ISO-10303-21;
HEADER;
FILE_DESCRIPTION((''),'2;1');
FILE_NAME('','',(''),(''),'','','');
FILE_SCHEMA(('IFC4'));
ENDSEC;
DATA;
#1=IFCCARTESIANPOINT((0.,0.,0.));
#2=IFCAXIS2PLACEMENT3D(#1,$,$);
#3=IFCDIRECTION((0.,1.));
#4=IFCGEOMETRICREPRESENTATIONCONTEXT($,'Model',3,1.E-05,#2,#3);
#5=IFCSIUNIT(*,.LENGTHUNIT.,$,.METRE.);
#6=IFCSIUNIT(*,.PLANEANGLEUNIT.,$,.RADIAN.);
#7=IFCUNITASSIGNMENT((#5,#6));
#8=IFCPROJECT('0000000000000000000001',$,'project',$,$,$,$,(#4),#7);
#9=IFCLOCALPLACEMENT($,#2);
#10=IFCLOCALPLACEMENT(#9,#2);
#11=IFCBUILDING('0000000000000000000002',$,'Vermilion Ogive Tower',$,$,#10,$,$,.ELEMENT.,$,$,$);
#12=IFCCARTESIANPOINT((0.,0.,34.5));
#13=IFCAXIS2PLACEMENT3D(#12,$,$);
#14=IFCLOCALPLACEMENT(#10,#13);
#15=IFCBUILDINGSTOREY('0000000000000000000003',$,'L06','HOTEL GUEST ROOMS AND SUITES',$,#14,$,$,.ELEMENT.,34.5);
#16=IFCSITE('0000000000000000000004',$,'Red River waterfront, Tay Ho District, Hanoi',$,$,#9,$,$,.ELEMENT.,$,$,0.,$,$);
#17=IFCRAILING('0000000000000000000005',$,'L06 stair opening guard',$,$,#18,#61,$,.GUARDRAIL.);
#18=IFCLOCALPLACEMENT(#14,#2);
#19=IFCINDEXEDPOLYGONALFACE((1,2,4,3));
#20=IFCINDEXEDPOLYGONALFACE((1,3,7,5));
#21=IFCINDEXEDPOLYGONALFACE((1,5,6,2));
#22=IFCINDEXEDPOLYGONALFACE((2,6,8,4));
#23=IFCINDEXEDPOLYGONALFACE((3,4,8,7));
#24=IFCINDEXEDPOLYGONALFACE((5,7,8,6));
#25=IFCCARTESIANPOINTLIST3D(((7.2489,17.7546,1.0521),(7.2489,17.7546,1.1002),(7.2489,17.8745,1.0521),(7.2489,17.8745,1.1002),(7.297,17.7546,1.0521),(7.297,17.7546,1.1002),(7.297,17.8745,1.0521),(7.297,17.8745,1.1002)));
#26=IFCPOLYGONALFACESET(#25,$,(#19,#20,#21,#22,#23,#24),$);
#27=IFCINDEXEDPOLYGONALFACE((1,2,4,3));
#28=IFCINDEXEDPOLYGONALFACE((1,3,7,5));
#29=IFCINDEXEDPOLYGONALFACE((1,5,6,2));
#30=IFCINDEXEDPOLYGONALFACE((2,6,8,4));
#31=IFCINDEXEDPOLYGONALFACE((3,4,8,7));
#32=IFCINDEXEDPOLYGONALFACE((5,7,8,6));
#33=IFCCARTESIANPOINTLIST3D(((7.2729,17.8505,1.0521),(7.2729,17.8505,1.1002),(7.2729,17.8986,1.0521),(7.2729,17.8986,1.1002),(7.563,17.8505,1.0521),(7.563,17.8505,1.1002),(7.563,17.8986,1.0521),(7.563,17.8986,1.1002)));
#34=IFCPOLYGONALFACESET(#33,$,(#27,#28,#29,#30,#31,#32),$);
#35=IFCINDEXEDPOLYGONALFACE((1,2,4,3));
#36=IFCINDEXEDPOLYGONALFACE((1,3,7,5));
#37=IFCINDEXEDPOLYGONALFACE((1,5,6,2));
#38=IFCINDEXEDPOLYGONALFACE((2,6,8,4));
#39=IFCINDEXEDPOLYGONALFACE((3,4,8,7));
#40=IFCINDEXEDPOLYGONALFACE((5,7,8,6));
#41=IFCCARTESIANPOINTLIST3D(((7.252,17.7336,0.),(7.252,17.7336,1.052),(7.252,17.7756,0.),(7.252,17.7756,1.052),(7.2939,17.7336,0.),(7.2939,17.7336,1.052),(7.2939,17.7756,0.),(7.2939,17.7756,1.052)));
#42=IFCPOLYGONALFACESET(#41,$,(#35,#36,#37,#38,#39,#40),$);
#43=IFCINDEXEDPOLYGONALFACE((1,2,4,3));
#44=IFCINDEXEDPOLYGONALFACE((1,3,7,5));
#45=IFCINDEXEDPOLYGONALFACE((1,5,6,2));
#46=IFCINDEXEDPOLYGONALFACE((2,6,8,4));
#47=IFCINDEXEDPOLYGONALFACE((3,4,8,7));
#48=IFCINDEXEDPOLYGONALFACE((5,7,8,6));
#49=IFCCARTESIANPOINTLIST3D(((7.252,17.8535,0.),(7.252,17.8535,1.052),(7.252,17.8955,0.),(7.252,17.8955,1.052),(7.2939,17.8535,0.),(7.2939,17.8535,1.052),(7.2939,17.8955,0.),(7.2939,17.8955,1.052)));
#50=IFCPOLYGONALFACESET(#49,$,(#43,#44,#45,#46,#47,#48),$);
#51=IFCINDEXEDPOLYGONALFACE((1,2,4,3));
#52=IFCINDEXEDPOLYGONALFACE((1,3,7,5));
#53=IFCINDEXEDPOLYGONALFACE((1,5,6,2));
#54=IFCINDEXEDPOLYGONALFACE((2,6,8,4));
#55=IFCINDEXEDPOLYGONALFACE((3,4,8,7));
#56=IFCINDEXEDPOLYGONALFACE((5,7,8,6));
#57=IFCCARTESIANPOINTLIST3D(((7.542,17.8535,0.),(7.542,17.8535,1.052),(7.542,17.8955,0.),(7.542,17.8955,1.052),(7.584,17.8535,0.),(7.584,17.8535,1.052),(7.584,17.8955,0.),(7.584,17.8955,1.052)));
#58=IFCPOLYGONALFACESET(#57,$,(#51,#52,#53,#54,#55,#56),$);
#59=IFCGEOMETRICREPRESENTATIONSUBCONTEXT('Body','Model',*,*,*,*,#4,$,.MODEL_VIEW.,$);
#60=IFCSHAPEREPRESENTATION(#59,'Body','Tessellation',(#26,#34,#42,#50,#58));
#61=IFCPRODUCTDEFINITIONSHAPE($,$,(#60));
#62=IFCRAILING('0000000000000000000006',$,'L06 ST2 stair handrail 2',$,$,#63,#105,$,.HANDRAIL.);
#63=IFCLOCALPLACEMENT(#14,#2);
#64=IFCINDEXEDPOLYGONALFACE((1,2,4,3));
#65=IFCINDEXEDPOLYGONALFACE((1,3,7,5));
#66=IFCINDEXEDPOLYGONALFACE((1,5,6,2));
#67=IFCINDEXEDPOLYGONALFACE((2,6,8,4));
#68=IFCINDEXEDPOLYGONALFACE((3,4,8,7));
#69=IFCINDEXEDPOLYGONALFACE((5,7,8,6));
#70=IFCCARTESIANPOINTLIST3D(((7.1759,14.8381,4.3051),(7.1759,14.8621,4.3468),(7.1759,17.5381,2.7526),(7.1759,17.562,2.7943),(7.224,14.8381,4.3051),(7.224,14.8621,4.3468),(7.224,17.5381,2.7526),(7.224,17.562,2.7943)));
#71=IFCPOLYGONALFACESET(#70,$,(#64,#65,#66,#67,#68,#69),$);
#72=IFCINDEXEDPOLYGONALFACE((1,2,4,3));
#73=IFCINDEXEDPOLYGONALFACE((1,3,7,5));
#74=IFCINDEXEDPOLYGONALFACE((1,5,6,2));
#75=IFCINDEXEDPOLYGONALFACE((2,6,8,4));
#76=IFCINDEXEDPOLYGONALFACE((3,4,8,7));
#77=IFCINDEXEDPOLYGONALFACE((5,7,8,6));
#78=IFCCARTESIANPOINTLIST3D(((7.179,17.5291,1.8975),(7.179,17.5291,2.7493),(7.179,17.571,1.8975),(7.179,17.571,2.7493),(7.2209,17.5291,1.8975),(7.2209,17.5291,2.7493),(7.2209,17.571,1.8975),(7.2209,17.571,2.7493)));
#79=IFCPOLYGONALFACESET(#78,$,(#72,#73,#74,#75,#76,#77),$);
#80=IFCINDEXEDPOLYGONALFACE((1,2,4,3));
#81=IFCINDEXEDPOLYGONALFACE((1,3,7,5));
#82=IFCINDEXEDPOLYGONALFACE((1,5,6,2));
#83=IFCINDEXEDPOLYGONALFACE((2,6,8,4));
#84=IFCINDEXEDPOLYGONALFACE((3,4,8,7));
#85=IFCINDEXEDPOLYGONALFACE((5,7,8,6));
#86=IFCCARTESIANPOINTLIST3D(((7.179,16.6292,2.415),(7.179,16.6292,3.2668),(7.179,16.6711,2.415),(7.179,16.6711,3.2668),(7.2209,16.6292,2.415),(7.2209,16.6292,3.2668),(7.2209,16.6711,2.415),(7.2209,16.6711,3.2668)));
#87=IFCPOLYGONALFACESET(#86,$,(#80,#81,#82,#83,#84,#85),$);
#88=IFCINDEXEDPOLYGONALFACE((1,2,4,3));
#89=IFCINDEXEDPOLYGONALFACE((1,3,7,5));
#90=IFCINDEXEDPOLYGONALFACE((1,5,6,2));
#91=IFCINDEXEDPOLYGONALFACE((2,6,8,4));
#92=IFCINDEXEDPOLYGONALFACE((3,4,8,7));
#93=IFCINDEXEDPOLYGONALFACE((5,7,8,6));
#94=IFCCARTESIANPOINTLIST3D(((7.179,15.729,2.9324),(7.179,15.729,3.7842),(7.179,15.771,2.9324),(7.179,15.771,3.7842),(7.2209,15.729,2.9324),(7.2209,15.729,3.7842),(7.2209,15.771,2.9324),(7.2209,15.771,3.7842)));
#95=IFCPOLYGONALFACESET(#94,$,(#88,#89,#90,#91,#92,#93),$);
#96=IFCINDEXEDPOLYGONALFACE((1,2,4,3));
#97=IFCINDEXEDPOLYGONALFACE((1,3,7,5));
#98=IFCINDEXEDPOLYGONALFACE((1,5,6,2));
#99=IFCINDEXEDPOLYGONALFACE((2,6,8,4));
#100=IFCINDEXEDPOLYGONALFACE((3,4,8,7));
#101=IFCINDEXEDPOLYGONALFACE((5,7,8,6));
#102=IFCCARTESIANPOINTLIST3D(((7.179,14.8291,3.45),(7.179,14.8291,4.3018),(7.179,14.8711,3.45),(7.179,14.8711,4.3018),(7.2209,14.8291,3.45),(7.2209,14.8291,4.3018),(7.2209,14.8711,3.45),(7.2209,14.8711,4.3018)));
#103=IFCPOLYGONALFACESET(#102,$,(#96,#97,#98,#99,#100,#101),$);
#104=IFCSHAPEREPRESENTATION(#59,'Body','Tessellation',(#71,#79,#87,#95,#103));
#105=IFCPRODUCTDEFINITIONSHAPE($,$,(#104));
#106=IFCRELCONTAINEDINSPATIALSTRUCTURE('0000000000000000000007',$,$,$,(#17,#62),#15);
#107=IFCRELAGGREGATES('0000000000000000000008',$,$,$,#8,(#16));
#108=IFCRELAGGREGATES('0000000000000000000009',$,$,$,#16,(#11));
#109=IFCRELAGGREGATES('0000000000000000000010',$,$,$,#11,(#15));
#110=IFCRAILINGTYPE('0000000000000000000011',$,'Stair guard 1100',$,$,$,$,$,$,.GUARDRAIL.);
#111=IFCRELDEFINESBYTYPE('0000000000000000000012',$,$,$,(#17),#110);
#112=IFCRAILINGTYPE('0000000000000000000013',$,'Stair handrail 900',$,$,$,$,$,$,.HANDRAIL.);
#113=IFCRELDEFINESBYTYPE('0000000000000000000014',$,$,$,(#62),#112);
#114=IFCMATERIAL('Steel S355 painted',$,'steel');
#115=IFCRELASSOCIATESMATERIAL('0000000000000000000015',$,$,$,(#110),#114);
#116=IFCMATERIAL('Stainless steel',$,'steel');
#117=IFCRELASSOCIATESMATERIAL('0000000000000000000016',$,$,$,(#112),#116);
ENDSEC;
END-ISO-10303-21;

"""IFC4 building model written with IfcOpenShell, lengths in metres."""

from ifc_helpers import new_model, si_unit, direction, frame, origin, origin_2d, place, context, subcontext, project, spatial, rectangle, extrude, material, type_object, element, save


model = new_model("IFC4")

# Units and contexts
model_context = context("Model", 3, precision=1e-05, world=origin(), true_north=direction((0.0, 1.0)))
body_context = subcontext(model_context, "Body", "Model", "MODEL_VIEW")
ifc_project = project(units=[si_unit("LENGTHUNIT", "METRE"), si_unit("PLANEANGLEUNIT", "RADIAN")], contexts=[model_context])

# Site, building, storey
site_placement = place(None, origin())
site = spatial("IfcSite", under=ifc_project, at=site_placement, Name="Red River waterfront, Tay Ho District, Hanoi", CompositionType="ELEMENT", RefElevation=0.0)
building_placement = place(site_placement, origin())
building = spatial("IfcBuilding", under=site, at=building_placement, Name="Vermilion Ogive Tower", CompositionType="ELEMENT")
storey_placement = place(building_placement, frame((0.0, 0.0, 34.5)))
storey = spatial("IfcBuildingStorey", under=building, at=storey_placement, Name="L06", Description="HOTEL GUEST ROOMS AND SUITES", CompositionType="ELEMENT", Elevation=34.5)

# Railings
ifc_material_1 = material(Name="Steel S355 painted", Category="steel")
railing_type_1 = type_object("IfcRailingType", Name="Stair guard 1100", PredefinedType="GUARDRAIL", material=ifc_material_1)
railing_1_placement = place(storey_placement, frame((7.2729, 17.7546, 0.0)))
element("IfcRailing", 1, at=railing_1_placement, inside=storey, type_object=railing_type_1, Name="L06 stair opening guard", PredefinedType="GUARDRAIL", context=body_context, shape_type="SweptSolid", body=[
    extrude(rectangle(XDim=0.0481, YDim=0.0481, at=origin_2d()), frame((0.0, 0.0, 1.0762), z_axis=(0.0, 1.0, 0.0), x_axis=(-1.0, 0.0, 0.0)), (0.0, 0.0, 1.0), 0.1199),
    extrude(rectangle(XDim=0.0481, YDim=0.0481, at=origin_2d()), frame((0.0, 0.1199, 1.0762), z_axis=(1.0, 0.0, 0.0), x_axis=(0.0, 1.0, 0.0)), (0.0, 0.0, 1.0), 0.29),
    extrude(rectangle(XDim=0.042, YDim=0.042, at=origin_2d()), origin(), (0.0, 0.0, 1.0), 1.052),
    extrude(rectangle(XDim=0.042, YDim=0.042, at=origin_2d()), frame((0.0, 0.1199, 0.0)), (0.0, 0.0, 1.0), 1.052),
    extrude(rectangle(XDim=0.042, YDim=0.042, at=origin_2d()), frame((0.29, 0.1199, 0.0)), (0.0, 0.0, 1.0), 1.052),
])
ifc_material_2 = material(Name="Stainless steel", Category="steel")
railing_type_2 = type_object("IfcRailingType", Name="Stair handrail 900", PredefinedType="HANDRAIL", material=ifc_material_2)
railing_2_placement = place(storey_placement, frame((7.2, 17.55, 1.8975)))
element("IfcRailing", 2, at=railing_2_placement, inside=storey, type_object=railing_type_2, Name="L06 ST2 stair handrail 2", PredefinedType="HANDRAIL", context=body_context, shape_type="SweptSolid", body=[
    extrude(rectangle(XDim=0.0481, YDim=0.0481, at=origin_2d()), frame((0.0, 0.0, 0.876), z_axis=(0.0, -0.866904, 0.498476), x_axis=(1.0, 0.0, 0.0)), (0.0, 0.0, 1.0), 3.1145),
    extrude(rectangle(XDim=0.042, YDim=0.042, at=origin_2d()), origin(), (0.0, 0.0, 1.0), 0.8518),
    extrude(rectangle(XDim=0.042, YDim=0.042, at=origin_2d()), frame((0.0, -0.8999, 0.5176)), (0.0, 0.0, 1.0), 0.8518),
    extrude(rectangle(XDim=0.042, YDim=0.042, at=origin_2d()), frame((0.0, -1.8, 1.0349)), (0.0, 0.0, 1.0), 0.8518),
    extrude(rectangle(XDim=0.042, YDim=0.042, at=origin_2d()), frame((0.0, -2.7, 1.5525)), (0.0, 0.0, 1.0), 0.8518),
])

save(model, "model.ifc")
